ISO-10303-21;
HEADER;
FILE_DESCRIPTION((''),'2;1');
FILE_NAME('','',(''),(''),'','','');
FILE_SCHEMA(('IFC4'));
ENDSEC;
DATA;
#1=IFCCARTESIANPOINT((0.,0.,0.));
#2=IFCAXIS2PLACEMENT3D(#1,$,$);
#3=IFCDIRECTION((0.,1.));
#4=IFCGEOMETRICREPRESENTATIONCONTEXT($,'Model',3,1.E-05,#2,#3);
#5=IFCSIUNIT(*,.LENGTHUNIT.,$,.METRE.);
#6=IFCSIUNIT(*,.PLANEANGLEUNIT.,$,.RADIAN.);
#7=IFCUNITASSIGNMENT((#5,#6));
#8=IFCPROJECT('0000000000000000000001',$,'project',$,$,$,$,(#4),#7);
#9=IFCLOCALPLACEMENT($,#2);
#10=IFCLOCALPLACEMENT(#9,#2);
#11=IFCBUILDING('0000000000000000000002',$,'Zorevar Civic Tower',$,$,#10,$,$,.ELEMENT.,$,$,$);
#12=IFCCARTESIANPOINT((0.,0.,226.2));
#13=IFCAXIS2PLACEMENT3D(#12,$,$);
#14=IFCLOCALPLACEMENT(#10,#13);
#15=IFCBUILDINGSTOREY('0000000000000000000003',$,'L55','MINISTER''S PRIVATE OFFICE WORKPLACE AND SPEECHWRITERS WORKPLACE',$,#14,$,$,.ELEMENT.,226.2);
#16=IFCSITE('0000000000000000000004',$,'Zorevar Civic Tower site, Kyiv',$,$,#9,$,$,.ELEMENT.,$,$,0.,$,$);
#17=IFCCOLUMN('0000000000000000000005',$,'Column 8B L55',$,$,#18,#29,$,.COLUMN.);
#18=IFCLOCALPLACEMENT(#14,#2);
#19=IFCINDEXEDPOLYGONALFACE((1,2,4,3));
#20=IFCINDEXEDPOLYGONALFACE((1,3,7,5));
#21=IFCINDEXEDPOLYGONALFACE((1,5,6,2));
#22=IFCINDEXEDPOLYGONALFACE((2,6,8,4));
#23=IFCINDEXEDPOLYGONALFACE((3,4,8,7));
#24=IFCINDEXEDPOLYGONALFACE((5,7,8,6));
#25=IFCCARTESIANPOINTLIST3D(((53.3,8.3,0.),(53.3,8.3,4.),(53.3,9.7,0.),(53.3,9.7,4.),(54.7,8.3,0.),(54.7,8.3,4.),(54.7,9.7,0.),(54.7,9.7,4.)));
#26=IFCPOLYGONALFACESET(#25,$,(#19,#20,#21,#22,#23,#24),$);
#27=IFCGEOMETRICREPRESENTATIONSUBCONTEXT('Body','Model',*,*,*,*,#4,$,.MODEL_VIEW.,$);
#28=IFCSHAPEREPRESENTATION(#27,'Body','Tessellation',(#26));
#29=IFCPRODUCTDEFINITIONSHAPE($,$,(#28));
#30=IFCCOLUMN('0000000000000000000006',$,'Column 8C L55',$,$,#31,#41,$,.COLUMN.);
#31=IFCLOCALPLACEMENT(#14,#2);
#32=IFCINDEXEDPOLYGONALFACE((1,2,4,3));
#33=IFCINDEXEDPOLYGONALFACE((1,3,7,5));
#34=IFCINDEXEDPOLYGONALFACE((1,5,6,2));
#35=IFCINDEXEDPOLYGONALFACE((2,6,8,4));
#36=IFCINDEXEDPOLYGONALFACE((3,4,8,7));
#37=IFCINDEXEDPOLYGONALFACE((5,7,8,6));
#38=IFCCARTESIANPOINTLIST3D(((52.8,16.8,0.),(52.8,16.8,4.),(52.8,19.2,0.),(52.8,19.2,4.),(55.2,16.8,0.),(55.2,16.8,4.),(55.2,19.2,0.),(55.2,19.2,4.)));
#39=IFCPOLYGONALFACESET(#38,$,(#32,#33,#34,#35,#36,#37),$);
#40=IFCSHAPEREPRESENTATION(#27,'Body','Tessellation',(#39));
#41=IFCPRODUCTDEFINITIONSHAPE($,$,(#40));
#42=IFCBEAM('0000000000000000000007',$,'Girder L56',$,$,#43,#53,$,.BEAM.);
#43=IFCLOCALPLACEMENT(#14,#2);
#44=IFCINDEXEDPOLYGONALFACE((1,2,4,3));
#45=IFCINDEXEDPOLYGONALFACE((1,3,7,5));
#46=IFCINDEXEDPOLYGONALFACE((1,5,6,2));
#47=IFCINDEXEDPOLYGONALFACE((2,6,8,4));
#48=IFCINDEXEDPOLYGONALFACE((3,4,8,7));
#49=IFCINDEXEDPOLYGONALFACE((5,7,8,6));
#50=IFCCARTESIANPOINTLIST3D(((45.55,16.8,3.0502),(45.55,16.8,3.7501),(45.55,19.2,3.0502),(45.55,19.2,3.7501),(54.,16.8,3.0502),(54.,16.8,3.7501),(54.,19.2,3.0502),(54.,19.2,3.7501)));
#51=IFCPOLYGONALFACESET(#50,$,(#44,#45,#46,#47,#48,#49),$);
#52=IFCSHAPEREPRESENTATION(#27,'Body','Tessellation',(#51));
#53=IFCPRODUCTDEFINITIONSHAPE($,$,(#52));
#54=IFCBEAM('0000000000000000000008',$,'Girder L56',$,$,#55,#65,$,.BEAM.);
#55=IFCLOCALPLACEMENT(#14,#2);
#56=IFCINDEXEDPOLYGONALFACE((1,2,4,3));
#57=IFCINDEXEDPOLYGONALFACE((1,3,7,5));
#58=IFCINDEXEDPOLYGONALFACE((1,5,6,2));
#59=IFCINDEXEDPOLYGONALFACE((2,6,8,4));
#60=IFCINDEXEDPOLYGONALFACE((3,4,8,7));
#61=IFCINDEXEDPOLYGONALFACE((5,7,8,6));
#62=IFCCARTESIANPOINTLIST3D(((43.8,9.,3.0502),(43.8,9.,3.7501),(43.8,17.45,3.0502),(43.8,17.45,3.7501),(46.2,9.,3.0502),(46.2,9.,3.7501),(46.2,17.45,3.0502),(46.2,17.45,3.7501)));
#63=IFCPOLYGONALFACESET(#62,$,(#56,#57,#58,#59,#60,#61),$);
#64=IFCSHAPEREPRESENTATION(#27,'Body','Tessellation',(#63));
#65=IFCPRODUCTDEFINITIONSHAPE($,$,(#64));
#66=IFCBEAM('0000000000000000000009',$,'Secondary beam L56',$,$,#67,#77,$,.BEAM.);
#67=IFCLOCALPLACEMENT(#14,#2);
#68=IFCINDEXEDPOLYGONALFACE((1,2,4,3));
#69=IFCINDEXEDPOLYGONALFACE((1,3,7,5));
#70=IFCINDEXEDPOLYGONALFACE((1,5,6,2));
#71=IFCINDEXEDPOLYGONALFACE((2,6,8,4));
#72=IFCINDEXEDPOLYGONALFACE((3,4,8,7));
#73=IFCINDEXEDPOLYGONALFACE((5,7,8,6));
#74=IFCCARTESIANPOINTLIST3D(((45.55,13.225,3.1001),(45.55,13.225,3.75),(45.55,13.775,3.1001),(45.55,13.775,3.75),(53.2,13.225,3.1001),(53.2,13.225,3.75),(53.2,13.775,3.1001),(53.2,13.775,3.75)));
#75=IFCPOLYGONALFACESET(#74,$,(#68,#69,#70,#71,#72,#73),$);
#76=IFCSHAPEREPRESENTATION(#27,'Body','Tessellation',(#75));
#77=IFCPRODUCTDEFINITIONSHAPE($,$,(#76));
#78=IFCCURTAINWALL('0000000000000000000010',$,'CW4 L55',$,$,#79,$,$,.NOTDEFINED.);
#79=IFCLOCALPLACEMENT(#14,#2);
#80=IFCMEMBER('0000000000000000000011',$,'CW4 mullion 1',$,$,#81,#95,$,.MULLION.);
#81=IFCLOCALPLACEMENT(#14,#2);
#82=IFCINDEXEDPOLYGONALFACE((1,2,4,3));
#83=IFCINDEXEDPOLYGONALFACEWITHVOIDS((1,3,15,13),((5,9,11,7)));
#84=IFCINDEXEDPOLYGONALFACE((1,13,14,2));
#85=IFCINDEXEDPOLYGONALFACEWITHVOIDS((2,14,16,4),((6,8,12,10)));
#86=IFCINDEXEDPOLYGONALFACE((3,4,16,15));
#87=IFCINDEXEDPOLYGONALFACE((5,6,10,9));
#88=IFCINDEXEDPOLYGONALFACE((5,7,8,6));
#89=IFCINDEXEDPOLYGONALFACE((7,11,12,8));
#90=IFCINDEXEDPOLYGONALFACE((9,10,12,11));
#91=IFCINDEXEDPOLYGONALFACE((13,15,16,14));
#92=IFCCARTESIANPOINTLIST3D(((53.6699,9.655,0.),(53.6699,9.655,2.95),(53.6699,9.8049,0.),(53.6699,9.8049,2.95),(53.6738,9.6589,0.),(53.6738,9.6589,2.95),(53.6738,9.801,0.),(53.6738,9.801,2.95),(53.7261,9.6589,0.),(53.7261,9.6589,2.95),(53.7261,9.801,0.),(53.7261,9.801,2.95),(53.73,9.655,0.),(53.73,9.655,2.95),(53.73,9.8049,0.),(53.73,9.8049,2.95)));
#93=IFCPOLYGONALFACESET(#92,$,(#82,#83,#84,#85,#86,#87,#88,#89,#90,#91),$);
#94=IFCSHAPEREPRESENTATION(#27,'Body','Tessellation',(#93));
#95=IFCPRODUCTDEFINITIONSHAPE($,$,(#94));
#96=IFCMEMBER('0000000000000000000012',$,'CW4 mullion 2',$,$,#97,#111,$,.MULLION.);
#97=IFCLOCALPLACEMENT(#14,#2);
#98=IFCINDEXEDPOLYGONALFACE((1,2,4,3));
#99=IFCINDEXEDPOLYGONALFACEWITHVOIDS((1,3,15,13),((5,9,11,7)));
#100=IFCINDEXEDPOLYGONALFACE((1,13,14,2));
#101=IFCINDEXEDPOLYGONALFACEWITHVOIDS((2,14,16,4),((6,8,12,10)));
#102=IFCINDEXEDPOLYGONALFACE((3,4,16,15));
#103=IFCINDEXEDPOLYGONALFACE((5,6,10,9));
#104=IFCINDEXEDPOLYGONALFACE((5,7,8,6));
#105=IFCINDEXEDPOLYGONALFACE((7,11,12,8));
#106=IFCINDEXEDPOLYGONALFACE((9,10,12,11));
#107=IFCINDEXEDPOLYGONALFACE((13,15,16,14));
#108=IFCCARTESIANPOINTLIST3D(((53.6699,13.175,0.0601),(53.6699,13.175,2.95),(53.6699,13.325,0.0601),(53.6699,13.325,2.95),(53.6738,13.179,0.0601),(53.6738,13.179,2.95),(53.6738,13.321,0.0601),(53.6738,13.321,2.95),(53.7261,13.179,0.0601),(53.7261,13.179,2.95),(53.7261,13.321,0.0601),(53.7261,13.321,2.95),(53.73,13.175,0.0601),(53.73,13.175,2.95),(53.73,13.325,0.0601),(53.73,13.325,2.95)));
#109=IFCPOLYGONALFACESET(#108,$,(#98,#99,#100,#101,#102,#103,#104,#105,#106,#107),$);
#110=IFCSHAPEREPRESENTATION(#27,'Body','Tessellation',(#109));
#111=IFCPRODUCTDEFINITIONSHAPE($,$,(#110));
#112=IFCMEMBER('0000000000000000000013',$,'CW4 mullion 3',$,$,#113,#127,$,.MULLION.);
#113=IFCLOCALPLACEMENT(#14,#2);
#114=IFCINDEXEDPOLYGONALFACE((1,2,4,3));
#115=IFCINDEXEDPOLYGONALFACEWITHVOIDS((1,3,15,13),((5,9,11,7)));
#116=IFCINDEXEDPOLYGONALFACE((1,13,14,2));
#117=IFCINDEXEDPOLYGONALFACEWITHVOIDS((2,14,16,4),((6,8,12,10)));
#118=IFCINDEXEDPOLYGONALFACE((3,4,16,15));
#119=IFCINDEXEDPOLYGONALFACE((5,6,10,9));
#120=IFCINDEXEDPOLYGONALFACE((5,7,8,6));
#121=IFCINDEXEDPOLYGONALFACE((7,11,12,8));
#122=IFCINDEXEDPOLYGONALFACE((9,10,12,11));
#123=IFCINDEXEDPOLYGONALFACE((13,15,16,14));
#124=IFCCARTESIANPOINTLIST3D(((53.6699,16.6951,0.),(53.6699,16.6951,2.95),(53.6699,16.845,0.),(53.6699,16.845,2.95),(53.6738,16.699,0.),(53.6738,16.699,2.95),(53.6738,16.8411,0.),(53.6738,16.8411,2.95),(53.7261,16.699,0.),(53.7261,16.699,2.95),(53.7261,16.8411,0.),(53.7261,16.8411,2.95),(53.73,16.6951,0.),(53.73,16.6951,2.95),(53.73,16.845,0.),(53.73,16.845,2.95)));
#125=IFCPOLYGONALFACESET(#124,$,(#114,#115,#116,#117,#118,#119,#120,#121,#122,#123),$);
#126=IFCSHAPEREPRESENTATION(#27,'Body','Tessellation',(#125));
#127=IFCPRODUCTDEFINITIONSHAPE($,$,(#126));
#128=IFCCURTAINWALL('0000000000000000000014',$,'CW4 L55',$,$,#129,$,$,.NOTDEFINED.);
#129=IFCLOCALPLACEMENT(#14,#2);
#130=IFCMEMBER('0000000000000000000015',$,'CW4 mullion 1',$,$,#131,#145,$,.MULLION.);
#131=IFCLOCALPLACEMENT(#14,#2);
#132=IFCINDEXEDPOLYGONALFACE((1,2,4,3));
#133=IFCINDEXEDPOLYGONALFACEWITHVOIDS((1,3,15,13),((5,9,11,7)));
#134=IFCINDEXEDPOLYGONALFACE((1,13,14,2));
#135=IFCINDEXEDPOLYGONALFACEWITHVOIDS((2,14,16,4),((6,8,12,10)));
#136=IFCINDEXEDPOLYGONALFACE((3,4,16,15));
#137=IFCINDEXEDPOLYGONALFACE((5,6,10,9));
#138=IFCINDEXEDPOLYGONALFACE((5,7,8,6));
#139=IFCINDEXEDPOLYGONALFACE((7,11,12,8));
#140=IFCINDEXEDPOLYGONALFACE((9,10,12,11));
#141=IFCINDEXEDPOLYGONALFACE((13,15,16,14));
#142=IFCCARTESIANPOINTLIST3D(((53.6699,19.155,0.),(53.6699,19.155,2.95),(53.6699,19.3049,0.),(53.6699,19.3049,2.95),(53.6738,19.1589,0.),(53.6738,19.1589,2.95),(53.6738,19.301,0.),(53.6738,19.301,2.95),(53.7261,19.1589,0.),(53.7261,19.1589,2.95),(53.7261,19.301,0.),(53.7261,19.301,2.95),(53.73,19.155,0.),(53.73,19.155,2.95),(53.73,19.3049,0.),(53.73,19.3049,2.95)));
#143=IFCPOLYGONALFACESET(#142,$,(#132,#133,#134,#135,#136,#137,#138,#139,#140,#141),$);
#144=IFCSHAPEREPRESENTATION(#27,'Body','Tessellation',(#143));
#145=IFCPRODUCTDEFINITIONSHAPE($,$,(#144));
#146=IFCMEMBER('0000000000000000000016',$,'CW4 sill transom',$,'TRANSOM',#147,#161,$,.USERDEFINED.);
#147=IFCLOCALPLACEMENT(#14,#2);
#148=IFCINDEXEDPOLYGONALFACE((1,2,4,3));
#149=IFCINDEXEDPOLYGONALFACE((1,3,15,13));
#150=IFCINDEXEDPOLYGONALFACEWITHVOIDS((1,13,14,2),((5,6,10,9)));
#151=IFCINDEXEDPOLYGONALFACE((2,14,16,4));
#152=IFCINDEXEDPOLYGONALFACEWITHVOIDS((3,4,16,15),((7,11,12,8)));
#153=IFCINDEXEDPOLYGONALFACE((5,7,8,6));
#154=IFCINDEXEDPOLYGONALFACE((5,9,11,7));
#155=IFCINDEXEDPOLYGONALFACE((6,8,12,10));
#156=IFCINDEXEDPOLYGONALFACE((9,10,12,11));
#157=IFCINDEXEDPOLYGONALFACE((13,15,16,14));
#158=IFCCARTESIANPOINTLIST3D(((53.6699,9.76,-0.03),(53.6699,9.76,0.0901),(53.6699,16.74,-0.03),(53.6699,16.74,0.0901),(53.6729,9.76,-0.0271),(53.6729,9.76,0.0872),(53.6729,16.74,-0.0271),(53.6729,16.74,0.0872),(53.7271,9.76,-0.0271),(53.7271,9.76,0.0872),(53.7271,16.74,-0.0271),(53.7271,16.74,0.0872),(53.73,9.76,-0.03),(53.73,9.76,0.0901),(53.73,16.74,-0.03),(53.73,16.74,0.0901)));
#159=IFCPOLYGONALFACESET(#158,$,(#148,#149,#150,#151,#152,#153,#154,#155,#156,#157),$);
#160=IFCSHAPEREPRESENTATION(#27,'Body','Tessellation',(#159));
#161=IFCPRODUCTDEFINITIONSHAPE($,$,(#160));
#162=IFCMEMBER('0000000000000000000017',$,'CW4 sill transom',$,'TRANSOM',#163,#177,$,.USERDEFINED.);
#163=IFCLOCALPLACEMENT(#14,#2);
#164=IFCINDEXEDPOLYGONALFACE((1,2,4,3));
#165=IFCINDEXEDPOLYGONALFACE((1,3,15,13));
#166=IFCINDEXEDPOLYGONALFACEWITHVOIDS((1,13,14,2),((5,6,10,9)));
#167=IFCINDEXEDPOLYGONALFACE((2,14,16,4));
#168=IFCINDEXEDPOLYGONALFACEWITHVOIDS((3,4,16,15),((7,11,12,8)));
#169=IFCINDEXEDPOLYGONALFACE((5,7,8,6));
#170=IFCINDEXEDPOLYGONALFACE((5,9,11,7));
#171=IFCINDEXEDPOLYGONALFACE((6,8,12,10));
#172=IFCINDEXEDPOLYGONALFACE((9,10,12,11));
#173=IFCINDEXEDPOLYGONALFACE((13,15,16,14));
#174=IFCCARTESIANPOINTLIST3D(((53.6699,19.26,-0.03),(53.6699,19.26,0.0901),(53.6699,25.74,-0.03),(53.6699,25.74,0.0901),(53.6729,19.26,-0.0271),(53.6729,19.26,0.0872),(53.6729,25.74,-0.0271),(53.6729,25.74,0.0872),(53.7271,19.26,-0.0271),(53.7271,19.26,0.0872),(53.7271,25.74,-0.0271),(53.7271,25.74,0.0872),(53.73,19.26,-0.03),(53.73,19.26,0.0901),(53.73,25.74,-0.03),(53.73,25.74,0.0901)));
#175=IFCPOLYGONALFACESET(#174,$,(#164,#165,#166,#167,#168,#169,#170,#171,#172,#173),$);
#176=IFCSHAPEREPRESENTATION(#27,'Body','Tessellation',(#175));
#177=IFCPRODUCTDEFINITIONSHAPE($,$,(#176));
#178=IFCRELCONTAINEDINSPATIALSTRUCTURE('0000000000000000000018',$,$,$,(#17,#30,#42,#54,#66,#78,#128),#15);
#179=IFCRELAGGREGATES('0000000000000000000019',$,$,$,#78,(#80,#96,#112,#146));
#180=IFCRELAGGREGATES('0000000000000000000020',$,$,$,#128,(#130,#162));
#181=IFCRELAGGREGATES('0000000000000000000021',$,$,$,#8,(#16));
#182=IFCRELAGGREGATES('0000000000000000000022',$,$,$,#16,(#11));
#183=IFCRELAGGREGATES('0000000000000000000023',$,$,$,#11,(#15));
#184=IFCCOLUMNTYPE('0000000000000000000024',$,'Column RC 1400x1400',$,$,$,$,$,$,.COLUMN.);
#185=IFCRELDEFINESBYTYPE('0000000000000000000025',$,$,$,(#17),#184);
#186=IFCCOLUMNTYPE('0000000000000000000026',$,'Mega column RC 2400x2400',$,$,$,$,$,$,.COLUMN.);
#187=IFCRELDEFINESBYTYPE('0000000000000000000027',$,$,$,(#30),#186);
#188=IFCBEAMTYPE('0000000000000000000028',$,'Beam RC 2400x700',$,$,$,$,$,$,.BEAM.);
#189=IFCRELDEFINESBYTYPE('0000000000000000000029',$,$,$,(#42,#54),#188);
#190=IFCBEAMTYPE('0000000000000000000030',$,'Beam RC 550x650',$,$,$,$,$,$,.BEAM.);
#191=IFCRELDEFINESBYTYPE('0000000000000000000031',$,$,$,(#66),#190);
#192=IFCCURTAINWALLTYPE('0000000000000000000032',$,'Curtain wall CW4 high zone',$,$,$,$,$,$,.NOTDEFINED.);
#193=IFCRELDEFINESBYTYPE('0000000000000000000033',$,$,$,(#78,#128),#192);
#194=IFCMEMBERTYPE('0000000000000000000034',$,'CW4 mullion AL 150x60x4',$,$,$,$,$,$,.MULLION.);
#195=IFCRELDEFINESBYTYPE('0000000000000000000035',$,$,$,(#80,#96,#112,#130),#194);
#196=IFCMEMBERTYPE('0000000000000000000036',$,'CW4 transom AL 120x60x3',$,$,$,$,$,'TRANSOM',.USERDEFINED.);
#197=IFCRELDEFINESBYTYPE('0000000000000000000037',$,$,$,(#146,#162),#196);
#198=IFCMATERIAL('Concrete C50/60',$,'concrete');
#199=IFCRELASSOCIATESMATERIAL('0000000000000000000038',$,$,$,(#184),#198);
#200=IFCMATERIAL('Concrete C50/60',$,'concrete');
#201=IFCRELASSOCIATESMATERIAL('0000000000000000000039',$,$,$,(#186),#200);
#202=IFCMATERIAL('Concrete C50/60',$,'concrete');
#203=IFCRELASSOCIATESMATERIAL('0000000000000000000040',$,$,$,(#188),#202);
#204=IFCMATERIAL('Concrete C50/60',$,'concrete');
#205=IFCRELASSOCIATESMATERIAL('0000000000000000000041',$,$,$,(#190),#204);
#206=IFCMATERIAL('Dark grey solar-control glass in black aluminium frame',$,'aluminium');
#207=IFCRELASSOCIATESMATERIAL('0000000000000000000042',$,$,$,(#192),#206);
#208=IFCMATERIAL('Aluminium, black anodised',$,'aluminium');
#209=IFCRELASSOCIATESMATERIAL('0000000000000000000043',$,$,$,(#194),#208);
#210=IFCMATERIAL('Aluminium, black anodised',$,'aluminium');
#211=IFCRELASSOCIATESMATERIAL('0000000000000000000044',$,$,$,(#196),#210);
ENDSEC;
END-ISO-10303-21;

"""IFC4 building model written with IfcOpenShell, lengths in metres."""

from ifc_helpers import new_model, si_unit, direction, frame, origin, origin_2d, place, context, subcontext, project, spatial, rectangle, hollow_rectangle, extrude, material, material_profile, profile_set, type_object, element, aggregate, save


model = new_model("IFC4")

# Units and contexts
model_context = context("Model", 3, precision=1e-05, world=origin(), true_north=direction((0.0, 1.0)))
body_context = subcontext(model_context, "Body", "Model", "MODEL_VIEW")
ifc_project = project(units=[si_unit("LENGTHUNIT", "METRE"), si_unit("PLANEANGLEUNIT", "RADIAN")], contexts=[model_context])

# Site, building, storey
site_placement = place(None, origin())
site = spatial("IfcSite", under=ifc_project, at=site_placement, Name="Zorevar Civic Tower site, Kyiv", CompositionType="ELEMENT", RefElevation=0.0)
building_placement = place(site_placement, origin())
building = spatial("IfcBuilding", under=site, at=building_placement, Name="Zorevar Civic Tower", CompositionType="ELEMENT")
storey_placement = place(building_placement, frame((0.0, 0.0, 226.2)))
storey = spatial("IfcBuildingStorey", under=building, at=storey_placement, Name="L55", Description="MINISTER'S PRIVATE OFFICE WORKPLACE AND SPEECHWRITERS WORKPLACE", CompositionType="ELEMENT", Elevation=226.2)

# Columns
ifc_material_1 = material(Name="Concrete C50/60", Category="concrete")
ifc_material_profile_1 = material_profile(ifc_material_1, rectangle(XDim=1.3999, YDim=1.3999, at=origin_2d()), Name="RC 1400x1400")
ifc_profile_set_1 = profile_set([ifc_material_profile_1], Name="Concrete C50/60")
column_type_1 = type_object("IfcColumnType", Name="Column RC 1400x1400", PredefinedType="COLUMN", material=ifc_profile_set_1)
column_1_placement = place(storey_placement, frame((54.0, 9.0, 0.0), z_axis=(0.0, 0.0, 1.0), x_axis=(1.0, 0.0, 0.0)))
element("IfcColumn", 1, at=column_1_placement, inside=storey, type_object=column_type_1, Name="Column 8B L55", PredefinedType="COLUMN", context=body_context, shape_type="SweptSolid", body=[
    extrude(rectangle(XDim=1.3999, YDim=1.3999, at=origin_2d()), origin(), (0.0, 0.0, 1.0), 4.0),
])
ifc_material_2 = material(Name="Concrete C50/60", Category="concrete")
ifc_material_profile_2 = material_profile(ifc_material_2, rectangle(XDim=2.3999, YDim=2.3999, at=origin_2d()), Name="RC 2400x2400")
ifc_profile_set_2 = profile_set([ifc_material_profile_2], Name="Concrete C50/60")
column_type_2 = type_object("IfcColumnType", Name="Mega column RC 2400x2400", PredefinedType="COLUMN", material=ifc_profile_set_2)
column_2_placement = place(storey_placement, frame((54.0, 18.0, 0.0), z_axis=(0.0, 0.0, 1.0), x_axis=(1.0, 0.0, 0.0)))
element("IfcColumn", 2, at=column_2_placement, inside=storey, type_object=column_type_2, Name="Column 8C L55", PredefinedType="COLUMN", context=body_context, shape_type="SweptSolid", body=[
    extrude(rectangle(XDim=2.3999, YDim=2.3999, at=origin_2d()), origin(), (0.0, 0.0, 1.0), 4.0),
])

# Beams
ifc_material_3 = material(Name="Concrete C50/60", Category="concrete")
ifc_material_profile_3 = material_profile(ifc_material_3, rectangle(XDim=2.3999, YDim=0.7, at=origin_2d()), Name="RC 2400x700")
ifc_profile_set_3 = profile_set([ifc_material_profile_3], Name="Concrete C50/60")
beam_type_1 = type_object("IfcBeamType", Name="Beam RC 2400x700", PredefinedType="BEAM", material=ifc_profile_set_3)
for number, where, z_axis, x_axis, name in (
    (3, (45.55, 18.0, 3.4001), (1.0, 0.0, 0.0), (0.0, 1.0, 0.0), "Girder L56"),
    (4, (45.0, 9.0, 3.4001), (0.0, 1.0, 0.0), (-1.0, 0.0, 0.0), "Girder L56"),
):
    element("IfcBeam", number, at=place(storey_placement, frame(where, z_axis=z_axis, x_axis=x_axis)), inside=storey, type_object=beam_type_1, Name=name, PredefinedType="BEAM", context=body_context, shape_type="SweptSolid", body=[
        extrude(rectangle(XDim=2.3999, YDim=0.7, at=origin_2d()), origin(), (0.0, 0.0, 1.0), 8.45),
    ])
ifc_material_4 = material(Name="Concrete C50/60", Category="concrete")
ifc_material_profile_4 = material_profile(ifc_material_4, rectangle(XDim=0.55, YDim=0.6499, at=origin_2d()), Name="RC 550x650")
ifc_profile_set_4 = profile_set([ifc_material_profile_4], Name="Concrete C50/60")
beam_type_2 = type_object("IfcBeamType", Name="Beam RC 550x650", PredefinedType="BEAM", material=ifc_profile_set_4)
beam_placement = place(storey_placement, frame((45.55, 13.5, 3.425), z_axis=(1.0, 0.0, 0.0), x_axis=(0.0, 1.0, 0.0)))
element("IfcBeam", 5, at=beam_placement, inside=storey, type_object=beam_type_2, Name="Secondary beam L56", PredefinedType="BEAM", context=body_context, shape_type="SweptSolid", body=[
    extrude(rectangle(XDim=0.55, YDim=0.6499, at=origin_2d()), origin(), (0.0, 0.0, 1.0), 7.6499),
])

# Curtain wall, members
ifc_material_5 = material(Name="Dark grey solar-control glass in black aluminium frame", Category="aluminium")
curtain_wall_type = type_object("IfcCurtainWallType", Name="Curtain wall CW4 high zone", PredefinedType="NOTDEFINED", material=ifc_material_5)
curtain_wall_1_placement = place(storey_placement, origin())
curtain_wall_1 = element("IfcCurtainWall", 6, at=curtain_wall_1_placement, inside=storey, type_object=curtain_wall_type, Name="CW4 L55", PredefinedType="NOTDEFINED")
ifc_material_6 = material(Name="Aluminium, black anodised", Category="aluminium")
ifc_material_profile_5 = material_profile(ifc_material_6, hollow_rectangle(XDim=0.0601, YDim=0.1499, WallThickness=0.0039, at=origin_2d()), Name="AL 150x60x4")
ifc_profile_set_5 = profile_set([ifc_material_profile_5], Name="Aluminium, black anodised")
member_type_1 = type_object("IfcMemberType", Name="CW4 mullion AL 150x60x4", PredefinedType="MULLION", material=ifc_profile_set_5)
member_1_placement = place(storey_placement, frame((53.7, 9.73, 0.0), z_axis=(0.0, 0.0, 1.0), x_axis=(-1.0, 0.0, 0.0)))
member_1 = element("IfcMember", 7, at=member_1_placement, type_object=member_type_1, Name="CW4 mullion 1", PredefinedType="MULLION", context=body_context, shape_type="SweptSolid", body=[
    extrude(hollow_rectangle(XDim=0.0601, YDim=0.1499, WallThickness=0.0039, at=origin_2d()), origin(), (0.0, 0.0, 1.0), 2.95),
])
member_2_placement = place(storey_placement, frame((53.7, 13.25, 0.0601), z_axis=(0.0, 0.0, 1.0), x_axis=(-1.0, 0.0, 0.0)))
member_2 = element("IfcMember", 8, at=member_2_placement, type_object=member_type_1, Name="CW4 mullion 2", PredefinedType="MULLION", context=body_context, shape_type="SweptSolid", body=[
    extrude(hollow_rectangle(XDim=0.0601, YDim=0.1499, WallThickness=0.0039, at=origin_2d()), origin(), (0.0, 0.0, 1.0), 2.8899),
])
member_3_placement = place(storey_placement, frame((53.7, 16.77, 0.0), z_axis=(0.0, 0.0, 1.0), x_axis=(-1.0, 0.0, 0.0)))
member_3 = element("IfcMember", 9, at=member_3_placement, type_object=member_type_1, Name="CW4 mullion 3", PredefinedType="MULLION", context=body_context, shape_type="SweptSolid", body=[
    extrude(hollow_rectangle(XDim=0.0601, YDim=0.1499, WallThickness=0.0039, at=origin_2d()), origin(), (0.0, 0.0, 1.0), 2.95),
])

# Curtain wall, member
curtain_wall_2_placement = place(storey_placement, origin())
curtain_wall_2 = element("IfcCurtainWall", 10, at=curtain_wall_2_placement, inside=storey, type_object=curtain_wall_type, Name="CW4 L55", PredefinedType="NOTDEFINED")
member_4_placement = place(storey_placement, frame((53.7, 19.23, 0.0), z_axis=(0.0, 0.0, 1.0), x_axis=(-1.0, 0.0, 0.0)))
member_4 = element("IfcMember", 11, at=member_4_placement, type_object=member_type_1, Name="CW4 mullion 1", PredefinedType="MULLION", context=body_context, shape_type="SweptSolid", body=[
    extrude(hollow_rectangle(XDim=0.0601, YDim=0.1499, WallThickness=0.0039, at=origin_2d()), origin(), (0.0, 0.0, 1.0), 2.95),
])

# Members
ifc_material_7 = material(Name="Aluminium, black anodised", Category="aluminium")
ifc_material_profile_6 = material_profile(ifc_material_7, hollow_rectangle(XDim=0.0601, YDim=0.1201, WallThickness=0.0029, at=origin_2d()), Name="AL 120x60x3")
ifc_profile_set_6 = profile_set([ifc_material_profile_6], Name="Aluminium, black anodised")
member_type_2 = type_object("IfcMemberType", Name="CW4 transom AL 120x60x3", ElementType="TRANSOM", PredefinedType="USERDEFINED", material=ifc_profile_set_6)
member_5_placement = place(storey_placement, frame((53.7, 9.76, 0.03), z_axis=(0.0, 1.0, 0.0), x_axis=(-1.0, 0.0, 0.0)))
member_5 = element("IfcMember", 12, at=member_5_placement, type_object=member_type_2, Name="CW4 sill transom", ObjectType="TRANSOM", PredefinedType="USERDEFINED", context=body_context, shape_type="SweptSolid", body=[
    extrude(hollow_rectangle(XDim=0.0601, YDim=0.1201, WallThickness=0.0029, at=origin_2d()), origin(), (0.0, 0.0, 1.0), 6.98),
])
member_6_placement = place(storey_placement, frame((53.7, 19.26, 0.03), z_axis=(0.0, 1.0, 0.0), x_axis=(-1.0, 0.0, 0.0)))
member_6 = element("IfcMember", 13, at=member_6_placement, type_object=member_type_2, Name="CW4 sill transom", ObjectType="TRANSOM", PredefinedType="USERDEFINED", context=body_context, shape_type="SweptSolid", body=[
    extrude(hollow_rectangle(XDim=0.0601, YDim=0.1201, WallThickness=0.0029, at=origin_2d()), origin(), (0.0, 0.0, 1.0), 6.48),
])

aggregate(curtain_wall_1, [member_1, member_2, member_3, member_5])
aggregate(curtain_wall_2, [member_4, member_6])

save(model, "model.ifc")
